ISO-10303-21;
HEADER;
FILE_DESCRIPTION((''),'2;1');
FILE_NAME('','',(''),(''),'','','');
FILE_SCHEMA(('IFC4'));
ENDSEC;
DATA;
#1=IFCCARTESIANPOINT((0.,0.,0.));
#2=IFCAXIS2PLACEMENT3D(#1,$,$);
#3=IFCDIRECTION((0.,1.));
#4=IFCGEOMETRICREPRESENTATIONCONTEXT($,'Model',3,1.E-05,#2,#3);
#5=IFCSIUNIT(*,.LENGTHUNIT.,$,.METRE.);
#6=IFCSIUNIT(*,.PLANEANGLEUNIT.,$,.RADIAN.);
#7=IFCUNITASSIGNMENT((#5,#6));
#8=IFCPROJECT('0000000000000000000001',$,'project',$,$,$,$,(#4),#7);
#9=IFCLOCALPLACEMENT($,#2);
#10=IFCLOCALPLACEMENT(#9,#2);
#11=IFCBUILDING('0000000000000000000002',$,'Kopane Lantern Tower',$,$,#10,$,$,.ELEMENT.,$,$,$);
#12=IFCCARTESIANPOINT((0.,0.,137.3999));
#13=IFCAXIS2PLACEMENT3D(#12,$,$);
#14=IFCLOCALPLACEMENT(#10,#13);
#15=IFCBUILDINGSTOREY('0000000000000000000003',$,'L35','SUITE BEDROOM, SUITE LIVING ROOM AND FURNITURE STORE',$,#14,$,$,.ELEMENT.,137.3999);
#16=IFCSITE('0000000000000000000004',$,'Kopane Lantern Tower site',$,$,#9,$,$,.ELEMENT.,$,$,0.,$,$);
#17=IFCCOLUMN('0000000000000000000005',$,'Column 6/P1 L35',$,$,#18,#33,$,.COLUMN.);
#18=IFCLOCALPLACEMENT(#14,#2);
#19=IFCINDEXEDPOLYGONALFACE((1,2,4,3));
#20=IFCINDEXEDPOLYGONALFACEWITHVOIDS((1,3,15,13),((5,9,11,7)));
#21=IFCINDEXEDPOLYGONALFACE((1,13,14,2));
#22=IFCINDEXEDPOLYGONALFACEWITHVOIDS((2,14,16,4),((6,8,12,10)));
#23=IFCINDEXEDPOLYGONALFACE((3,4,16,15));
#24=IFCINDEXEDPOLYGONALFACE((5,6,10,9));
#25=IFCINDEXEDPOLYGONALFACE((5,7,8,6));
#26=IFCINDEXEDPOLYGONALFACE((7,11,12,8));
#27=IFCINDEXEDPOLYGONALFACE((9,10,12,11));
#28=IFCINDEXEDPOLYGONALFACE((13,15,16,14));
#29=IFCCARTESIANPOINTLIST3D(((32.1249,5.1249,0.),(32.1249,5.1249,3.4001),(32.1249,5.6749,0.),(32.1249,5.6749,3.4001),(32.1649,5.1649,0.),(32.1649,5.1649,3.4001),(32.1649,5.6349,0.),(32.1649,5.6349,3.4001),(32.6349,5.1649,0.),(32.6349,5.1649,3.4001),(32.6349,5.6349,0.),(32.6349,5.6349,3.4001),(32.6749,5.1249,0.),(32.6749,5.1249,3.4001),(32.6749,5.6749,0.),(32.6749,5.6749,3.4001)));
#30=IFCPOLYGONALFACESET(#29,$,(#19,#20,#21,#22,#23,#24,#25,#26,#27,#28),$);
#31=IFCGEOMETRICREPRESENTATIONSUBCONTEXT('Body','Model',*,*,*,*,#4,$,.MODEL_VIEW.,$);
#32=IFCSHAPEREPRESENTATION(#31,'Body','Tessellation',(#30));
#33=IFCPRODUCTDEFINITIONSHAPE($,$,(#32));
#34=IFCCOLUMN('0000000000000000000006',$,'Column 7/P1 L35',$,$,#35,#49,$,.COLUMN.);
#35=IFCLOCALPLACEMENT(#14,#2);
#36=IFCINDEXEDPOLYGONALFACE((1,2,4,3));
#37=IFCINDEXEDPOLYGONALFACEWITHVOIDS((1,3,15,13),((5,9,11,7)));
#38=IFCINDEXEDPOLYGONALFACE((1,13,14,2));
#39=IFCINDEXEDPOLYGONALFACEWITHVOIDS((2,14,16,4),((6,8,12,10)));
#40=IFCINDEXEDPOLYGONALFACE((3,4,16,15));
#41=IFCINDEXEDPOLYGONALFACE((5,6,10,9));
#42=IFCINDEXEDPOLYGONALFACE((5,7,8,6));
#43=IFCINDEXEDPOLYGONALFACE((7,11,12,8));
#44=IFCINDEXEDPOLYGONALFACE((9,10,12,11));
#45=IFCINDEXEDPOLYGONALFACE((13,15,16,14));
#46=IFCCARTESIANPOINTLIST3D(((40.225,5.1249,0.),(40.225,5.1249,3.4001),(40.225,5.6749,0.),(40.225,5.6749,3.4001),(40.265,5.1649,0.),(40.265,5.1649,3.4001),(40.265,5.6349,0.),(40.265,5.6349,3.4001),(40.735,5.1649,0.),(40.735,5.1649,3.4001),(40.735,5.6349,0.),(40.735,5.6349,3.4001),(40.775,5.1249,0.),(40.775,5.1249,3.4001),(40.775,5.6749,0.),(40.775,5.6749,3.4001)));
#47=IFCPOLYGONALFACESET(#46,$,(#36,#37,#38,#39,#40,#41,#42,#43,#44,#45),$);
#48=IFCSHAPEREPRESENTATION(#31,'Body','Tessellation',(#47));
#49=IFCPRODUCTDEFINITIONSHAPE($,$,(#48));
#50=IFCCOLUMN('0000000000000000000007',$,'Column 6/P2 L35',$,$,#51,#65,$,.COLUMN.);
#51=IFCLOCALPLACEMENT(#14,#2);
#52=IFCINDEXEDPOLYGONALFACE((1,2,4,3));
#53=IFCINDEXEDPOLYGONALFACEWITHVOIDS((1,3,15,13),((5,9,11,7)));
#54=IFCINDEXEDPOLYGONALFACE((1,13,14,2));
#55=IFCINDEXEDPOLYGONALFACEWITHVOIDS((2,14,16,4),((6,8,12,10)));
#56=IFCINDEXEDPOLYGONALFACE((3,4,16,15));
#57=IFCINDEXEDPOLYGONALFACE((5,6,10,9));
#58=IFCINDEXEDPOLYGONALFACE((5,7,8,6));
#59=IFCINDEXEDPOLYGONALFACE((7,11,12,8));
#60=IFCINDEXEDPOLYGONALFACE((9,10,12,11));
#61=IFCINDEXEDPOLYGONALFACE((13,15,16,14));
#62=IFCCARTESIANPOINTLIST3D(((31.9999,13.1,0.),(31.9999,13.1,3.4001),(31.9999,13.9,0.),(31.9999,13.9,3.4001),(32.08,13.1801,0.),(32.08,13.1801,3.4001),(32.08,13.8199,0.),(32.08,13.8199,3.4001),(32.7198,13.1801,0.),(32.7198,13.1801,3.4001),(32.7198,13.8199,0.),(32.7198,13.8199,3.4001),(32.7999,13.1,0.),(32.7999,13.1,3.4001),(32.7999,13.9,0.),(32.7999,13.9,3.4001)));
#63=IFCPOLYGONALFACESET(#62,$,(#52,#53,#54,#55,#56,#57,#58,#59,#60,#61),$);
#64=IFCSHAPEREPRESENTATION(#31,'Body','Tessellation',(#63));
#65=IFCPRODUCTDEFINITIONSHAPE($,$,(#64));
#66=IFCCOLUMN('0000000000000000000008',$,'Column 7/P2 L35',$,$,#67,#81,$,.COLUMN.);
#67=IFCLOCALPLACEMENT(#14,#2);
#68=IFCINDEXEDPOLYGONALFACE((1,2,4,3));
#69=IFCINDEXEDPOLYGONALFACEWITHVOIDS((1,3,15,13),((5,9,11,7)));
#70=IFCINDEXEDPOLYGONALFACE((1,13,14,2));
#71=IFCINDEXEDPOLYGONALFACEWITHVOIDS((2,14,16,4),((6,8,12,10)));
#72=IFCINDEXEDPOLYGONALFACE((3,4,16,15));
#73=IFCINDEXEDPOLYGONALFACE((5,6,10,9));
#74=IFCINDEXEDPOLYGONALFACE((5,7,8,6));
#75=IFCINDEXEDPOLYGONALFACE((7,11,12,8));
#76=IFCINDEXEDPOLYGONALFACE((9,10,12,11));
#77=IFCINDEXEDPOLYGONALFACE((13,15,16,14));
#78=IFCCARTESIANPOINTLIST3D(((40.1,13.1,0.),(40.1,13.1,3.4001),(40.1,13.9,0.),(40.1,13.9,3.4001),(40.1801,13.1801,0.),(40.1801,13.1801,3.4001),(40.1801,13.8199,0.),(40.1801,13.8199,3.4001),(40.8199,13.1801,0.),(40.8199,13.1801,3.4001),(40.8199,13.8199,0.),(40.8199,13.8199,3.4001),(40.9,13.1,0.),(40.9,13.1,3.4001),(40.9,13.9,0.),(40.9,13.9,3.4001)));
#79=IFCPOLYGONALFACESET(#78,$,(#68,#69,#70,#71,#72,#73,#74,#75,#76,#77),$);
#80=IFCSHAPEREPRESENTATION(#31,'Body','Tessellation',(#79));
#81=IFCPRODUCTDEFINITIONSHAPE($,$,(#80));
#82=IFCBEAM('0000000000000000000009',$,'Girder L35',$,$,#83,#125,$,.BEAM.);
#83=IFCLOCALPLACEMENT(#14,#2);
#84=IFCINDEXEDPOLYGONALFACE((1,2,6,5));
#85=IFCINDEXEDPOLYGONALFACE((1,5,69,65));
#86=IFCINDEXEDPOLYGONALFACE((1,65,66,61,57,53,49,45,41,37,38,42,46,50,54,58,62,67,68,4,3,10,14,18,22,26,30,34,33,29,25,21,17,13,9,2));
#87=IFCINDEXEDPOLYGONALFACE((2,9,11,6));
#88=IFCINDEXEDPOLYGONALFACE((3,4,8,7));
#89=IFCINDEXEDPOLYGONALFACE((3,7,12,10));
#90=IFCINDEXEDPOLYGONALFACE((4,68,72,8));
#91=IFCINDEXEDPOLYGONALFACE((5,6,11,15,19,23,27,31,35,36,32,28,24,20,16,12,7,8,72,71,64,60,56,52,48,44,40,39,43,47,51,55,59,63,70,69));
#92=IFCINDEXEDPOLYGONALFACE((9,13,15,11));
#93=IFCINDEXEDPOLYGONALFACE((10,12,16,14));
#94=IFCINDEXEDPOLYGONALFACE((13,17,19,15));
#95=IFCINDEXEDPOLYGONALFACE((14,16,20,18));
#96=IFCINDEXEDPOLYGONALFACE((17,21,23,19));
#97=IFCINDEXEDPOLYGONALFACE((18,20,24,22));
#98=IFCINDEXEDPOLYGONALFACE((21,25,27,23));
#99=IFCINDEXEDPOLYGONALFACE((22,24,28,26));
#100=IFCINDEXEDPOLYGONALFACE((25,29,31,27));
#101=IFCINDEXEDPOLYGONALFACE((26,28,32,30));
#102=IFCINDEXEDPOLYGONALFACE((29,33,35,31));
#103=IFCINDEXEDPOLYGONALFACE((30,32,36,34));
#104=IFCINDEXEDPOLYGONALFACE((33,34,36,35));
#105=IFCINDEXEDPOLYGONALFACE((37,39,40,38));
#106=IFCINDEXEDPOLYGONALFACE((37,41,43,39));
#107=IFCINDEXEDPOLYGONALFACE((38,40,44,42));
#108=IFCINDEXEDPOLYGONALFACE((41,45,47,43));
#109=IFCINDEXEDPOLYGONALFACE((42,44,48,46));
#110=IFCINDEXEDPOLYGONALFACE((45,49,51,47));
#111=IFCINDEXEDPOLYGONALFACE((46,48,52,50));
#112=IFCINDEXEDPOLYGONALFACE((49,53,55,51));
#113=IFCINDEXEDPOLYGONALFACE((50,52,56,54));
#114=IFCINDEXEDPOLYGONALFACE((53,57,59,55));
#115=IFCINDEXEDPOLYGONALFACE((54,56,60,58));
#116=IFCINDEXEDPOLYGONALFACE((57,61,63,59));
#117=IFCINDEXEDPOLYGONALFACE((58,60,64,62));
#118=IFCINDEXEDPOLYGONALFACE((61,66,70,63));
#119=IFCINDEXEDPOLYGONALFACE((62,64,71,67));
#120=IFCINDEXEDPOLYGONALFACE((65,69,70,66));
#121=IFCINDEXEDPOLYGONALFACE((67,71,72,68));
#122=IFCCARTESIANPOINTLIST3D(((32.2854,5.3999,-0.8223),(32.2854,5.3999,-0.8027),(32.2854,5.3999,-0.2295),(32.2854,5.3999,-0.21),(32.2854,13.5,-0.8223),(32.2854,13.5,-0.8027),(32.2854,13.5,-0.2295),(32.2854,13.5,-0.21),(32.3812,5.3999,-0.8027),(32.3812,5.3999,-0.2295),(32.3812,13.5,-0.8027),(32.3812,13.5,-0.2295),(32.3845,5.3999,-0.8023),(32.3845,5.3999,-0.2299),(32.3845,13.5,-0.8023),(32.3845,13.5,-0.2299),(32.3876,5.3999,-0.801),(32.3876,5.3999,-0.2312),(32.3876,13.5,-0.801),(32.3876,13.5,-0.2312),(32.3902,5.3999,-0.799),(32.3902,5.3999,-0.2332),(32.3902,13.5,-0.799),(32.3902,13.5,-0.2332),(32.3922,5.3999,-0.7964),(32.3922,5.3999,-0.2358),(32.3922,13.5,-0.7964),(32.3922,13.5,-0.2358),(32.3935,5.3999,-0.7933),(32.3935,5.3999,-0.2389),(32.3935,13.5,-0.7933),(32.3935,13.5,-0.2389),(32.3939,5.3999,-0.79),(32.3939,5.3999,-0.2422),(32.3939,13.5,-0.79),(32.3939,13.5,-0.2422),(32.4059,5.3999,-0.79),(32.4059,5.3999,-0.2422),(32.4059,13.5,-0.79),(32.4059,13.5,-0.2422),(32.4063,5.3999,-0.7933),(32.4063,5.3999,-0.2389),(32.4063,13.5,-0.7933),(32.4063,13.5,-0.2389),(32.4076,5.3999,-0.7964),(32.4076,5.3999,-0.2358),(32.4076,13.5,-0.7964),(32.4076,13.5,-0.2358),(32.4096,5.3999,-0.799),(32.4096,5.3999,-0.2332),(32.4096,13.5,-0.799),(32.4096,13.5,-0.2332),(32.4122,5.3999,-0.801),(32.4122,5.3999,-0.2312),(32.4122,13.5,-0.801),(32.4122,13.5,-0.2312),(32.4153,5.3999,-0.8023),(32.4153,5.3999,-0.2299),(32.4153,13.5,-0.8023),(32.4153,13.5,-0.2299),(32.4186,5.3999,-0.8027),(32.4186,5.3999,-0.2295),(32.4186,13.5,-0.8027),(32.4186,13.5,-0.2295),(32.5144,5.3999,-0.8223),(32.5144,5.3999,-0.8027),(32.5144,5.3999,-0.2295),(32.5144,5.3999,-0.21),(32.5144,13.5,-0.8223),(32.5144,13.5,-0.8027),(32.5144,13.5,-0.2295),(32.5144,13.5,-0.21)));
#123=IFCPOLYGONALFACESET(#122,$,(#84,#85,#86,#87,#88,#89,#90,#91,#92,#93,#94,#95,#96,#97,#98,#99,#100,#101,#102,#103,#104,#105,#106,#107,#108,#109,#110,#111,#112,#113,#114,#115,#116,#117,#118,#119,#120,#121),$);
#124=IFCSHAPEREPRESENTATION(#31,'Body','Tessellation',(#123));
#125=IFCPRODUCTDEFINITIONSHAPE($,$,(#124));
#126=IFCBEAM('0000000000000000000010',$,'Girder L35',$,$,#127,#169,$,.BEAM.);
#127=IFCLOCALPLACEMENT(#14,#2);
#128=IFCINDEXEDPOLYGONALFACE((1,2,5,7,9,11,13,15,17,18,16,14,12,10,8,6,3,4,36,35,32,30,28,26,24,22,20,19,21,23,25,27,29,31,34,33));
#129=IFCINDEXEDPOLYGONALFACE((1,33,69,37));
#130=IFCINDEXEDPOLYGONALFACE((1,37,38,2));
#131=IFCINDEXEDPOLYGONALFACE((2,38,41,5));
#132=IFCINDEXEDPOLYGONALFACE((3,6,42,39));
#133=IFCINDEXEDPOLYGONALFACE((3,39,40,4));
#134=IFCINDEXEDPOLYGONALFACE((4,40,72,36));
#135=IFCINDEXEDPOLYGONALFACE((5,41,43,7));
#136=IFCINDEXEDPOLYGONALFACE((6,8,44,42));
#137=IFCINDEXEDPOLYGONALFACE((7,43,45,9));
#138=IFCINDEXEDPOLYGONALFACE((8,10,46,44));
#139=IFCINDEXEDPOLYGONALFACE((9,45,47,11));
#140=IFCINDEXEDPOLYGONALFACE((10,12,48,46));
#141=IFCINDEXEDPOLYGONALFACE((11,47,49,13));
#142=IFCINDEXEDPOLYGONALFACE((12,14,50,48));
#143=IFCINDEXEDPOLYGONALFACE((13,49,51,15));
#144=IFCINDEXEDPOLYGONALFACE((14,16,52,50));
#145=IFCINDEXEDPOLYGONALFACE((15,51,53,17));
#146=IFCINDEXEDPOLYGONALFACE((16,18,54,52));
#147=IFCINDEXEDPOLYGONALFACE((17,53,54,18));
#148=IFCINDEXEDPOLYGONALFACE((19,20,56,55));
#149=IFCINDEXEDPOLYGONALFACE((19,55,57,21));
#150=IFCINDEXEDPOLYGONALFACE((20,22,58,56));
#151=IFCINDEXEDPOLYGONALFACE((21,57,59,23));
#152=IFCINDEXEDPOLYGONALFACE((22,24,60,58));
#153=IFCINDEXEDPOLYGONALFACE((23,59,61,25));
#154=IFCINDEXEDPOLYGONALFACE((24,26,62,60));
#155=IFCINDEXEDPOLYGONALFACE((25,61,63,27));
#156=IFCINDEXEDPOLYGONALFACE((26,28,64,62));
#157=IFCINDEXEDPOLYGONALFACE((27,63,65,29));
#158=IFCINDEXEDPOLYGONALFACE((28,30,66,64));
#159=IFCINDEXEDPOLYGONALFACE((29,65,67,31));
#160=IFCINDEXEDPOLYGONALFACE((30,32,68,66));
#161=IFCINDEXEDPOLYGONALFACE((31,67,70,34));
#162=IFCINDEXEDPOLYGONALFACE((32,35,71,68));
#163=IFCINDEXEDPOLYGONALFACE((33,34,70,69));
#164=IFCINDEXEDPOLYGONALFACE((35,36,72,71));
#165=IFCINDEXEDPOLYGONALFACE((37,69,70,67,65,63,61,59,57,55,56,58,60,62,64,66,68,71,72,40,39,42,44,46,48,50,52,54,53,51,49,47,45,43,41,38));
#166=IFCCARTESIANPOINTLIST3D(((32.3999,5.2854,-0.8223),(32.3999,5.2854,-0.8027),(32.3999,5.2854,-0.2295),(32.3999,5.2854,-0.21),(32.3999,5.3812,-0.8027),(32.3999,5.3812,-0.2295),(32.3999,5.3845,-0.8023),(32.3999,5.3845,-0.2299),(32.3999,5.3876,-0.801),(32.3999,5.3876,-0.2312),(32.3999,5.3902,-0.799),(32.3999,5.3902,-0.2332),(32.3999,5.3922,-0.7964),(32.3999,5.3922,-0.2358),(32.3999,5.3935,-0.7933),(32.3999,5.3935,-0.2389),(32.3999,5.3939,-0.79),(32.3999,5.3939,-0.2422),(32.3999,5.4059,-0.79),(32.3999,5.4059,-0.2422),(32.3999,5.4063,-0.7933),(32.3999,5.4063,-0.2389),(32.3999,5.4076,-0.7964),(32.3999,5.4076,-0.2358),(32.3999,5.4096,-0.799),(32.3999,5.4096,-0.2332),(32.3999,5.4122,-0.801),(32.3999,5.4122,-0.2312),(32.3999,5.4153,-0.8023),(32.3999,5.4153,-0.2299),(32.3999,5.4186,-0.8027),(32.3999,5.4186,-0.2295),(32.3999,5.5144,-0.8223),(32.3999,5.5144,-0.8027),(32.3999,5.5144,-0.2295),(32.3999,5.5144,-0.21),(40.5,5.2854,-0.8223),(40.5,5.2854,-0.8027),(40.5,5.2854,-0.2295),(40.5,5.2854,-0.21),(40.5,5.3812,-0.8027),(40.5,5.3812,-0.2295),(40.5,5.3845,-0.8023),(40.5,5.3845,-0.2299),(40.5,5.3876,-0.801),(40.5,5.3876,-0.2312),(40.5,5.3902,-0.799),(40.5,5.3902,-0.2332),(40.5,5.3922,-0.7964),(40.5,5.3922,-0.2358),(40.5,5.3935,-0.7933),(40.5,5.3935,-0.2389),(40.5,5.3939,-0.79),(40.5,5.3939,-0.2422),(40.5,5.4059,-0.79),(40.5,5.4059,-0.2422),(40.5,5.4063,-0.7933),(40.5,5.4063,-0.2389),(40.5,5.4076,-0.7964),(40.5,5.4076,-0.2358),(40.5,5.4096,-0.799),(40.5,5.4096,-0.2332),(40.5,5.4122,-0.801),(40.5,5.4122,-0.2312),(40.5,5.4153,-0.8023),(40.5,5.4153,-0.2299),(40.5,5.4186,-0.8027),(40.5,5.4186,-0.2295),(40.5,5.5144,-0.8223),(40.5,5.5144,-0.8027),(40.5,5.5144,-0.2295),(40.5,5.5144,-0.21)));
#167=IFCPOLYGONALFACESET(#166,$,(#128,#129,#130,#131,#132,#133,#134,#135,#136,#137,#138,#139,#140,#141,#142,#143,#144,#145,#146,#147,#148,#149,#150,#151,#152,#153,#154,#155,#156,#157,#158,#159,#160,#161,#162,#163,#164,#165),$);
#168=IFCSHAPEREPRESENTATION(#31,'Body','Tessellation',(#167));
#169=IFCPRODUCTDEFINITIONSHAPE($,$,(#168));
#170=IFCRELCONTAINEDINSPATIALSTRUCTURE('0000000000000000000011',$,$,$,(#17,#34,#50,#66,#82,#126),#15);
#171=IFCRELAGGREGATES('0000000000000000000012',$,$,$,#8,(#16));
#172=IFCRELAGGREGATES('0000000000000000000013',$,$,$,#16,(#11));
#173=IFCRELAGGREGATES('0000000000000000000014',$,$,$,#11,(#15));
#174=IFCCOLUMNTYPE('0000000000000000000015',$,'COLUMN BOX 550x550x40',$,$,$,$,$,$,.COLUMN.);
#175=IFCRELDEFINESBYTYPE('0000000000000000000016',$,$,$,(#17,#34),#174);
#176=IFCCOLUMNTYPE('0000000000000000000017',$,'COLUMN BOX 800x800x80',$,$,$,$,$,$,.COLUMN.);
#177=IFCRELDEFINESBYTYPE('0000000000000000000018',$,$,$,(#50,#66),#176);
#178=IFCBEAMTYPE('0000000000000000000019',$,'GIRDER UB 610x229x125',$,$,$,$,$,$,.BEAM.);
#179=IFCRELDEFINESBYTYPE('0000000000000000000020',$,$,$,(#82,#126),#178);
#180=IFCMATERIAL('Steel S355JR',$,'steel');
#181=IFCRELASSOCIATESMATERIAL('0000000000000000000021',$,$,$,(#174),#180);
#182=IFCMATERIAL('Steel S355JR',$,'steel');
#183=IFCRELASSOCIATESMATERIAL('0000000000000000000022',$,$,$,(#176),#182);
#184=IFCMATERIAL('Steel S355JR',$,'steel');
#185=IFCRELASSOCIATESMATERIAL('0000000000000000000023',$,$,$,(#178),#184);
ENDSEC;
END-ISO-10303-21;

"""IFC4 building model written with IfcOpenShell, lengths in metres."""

from ifc_helpers import new_model, si_unit, direction, frame, origin, origin_2d, place, context, subcontext, project, spatial, hollow_rectangle, i_section, extrude, material, material_profile, profile_set, type_object, element, save


model = new_model("IFC4")

# Units and contexts
model_context = context("Model", 3, precision=1e-05, world=origin(), true_north=direction((0.0, 1.0)))
body_context = subcontext(model_context, "Body", "Model", "MODEL_VIEW")
ifc_project = project(units=[si_unit("LENGTHUNIT", "METRE"), si_unit("PLANEANGLEUNIT", "RADIAN")], contexts=[model_context])

# Site, building, storey
site_placement = place(None, origin())
site = spatial("IfcSite", under=ifc_project, at=site_placement, Name="Kopane Lantern Tower site", CompositionType="ELEMENT", RefElevation=0.0)
building_placement = place(site_placement, origin())
building = spatial("IfcBuilding", under=site, at=building_placement, Name="Kopane Lantern Tower", CompositionType="ELEMENT")
storey_placement = place(building_placement, frame((0.0, 0.0, 137.3999)))
storey = spatial("IfcBuildingStorey", under=building, at=storey_placement, Name="L35", Description="SUITE BEDROOM, SUITE LIVING ROOM AND FURNITURE STORE", CompositionType="ELEMENT", Elevation=137.3999)

# Columns
ifc_material_1 = material(Name="Steel S355JR", Category="steel")
ifc_material_profile_1 = material_profile(ifc_material_1, hollow_rectangle(XDim=0.55, YDim=0.55, WallThickness=0.04, at=origin_2d()), Name="BOX 550x550x40")
ifc_profile_set_1 = profile_set([ifc_material_profile_1], Name="Steel S355JR")
column_type_1 = type_object("IfcColumnType", Name="COLUMN BOX 550x550x40", PredefinedType="COLUMN", material=ifc_profile_set_1)
for number, where, z_axis, x_axis, name in (
    (1, (32.3999, 5.3999, 0.0), (0.0, 0.0, 1.0), (1.0, 0.0, 0.0), "Column 6/P1 L35"),
    (2, (40.5, 5.3999, 0.0), (0.0, 0.0, 1.0), (1.0, 0.0, 0.0), "Column 7/P1 L35"),
):
    element("IfcColumn", number, at=place(storey_placement, frame(where, z_axis=z_axis, x_axis=x_axis)), inside=storey, type_object=column_type_1, Name=name, PredefinedType="COLUMN", context=body_context, shape_type="SweptSolid", body=[
        extrude(hollow_rectangle(XDim=0.55, YDim=0.55, WallThickness=0.04, at=origin_2d()), origin(), (0.0, 0.0, 1.0), 3.4001),
    ])
ifc_material_2 = material(Name="Steel S355JR", Category="steel")
ifc_material_profile_2 = material_profile(ifc_material_2, hollow_rectangle(XDim=0.8, YDim=0.8, WallThickness=0.0801, at=origin_2d()), Name="BOX 800x800x80")
ifc_profile_set_2 = profile_set([ifc_material_profile_2], Name="Steel S355JR")
column_type_2 = type_object("IfcColumnType", Name="COLUMN BOX 800x800x80", PredefinedType="COLUMN", material=ifc_profile_set_2)
for number, where, z_axis, x_axis, name in (
    (3, (32.3999, 13.5, 0.0), (0.0, 0.0, 1.0), (1.0, 0.0, 0.0), "Column 6/P2 L35"),
    (4, (40.5, 13.5, 0.0), (0.0, 0.0, 1.0), (1.0, 0.0, 0.0), "Column 7/P2 L35"),
):
    element("IfcColumn", number, at=place(storey_placement, frame(where, z_axis=z_axis, x_axis=x_axis)), inside=storey, type_object=column_type_2, Name=name, PredefinedType="COLUMN", context=body_context, shape_type="SweptSolid", body=[
        extrude(hollow_rectangle(XDim=0.8, YDim=0.8, WallThickness=0.0801, at=origin_2d()), origin(), (0.0, 0.0, 1.0), 3.4001),
    ])

# Beams
ifc_material_3 = material(Name="Steel S355JR", Category="steel")
ifc_material_profile_3 = material_profile(ifc_material_3, i_section(OverallWidth=0.229, OverallDepth=0.6123, WebThickness=0.012, FlangeThickness=0.0195, FilletRadius=0.0127, at=origin_2d()), Name="UB 610x229x125")
ifc_profile_set_3 = profile_set([ifc_material_profile_3], Name="Steel S355JR")
beam_type = type_object("IfcBeamType", Name="GIRDER UB 610x229x125", PredefinedType="BEAM", material=ifc_profile_set_3)
for number, where, z_axis, x_axis, name in (
    (5, (32.3999, 5.3999, -0.5161), (0.0, 1.0, 0.0), (-1.0, 0.0, 0.0), "Girder L35"),
    (6, (32.3999, 5.3999, -0.5161), (1.0, 0.0, 0.0), (0.0, 1.0, 0.0), "Girder L35"),
):
    element("IfcBeam", number, at=place(storey_placement, frame(where, z_axis=z_axis, x_axis=x_axis)), inside=storey, type_object=beam_type, Name=name, PredefinedType="BEAM", context=body_context, shape_type="SweptSolid", body=[
        extrude(i_section(OverallWidth=0.229, OverallDepth=0.6123, WebThickness=0.012, FlangeThickness=0.0195, FilletRadius=0.0127, at=origin_2d()), origin(), (0.0, 0.0, 1.0), 8.1001),
    ])

save(model, "model.ifc")
